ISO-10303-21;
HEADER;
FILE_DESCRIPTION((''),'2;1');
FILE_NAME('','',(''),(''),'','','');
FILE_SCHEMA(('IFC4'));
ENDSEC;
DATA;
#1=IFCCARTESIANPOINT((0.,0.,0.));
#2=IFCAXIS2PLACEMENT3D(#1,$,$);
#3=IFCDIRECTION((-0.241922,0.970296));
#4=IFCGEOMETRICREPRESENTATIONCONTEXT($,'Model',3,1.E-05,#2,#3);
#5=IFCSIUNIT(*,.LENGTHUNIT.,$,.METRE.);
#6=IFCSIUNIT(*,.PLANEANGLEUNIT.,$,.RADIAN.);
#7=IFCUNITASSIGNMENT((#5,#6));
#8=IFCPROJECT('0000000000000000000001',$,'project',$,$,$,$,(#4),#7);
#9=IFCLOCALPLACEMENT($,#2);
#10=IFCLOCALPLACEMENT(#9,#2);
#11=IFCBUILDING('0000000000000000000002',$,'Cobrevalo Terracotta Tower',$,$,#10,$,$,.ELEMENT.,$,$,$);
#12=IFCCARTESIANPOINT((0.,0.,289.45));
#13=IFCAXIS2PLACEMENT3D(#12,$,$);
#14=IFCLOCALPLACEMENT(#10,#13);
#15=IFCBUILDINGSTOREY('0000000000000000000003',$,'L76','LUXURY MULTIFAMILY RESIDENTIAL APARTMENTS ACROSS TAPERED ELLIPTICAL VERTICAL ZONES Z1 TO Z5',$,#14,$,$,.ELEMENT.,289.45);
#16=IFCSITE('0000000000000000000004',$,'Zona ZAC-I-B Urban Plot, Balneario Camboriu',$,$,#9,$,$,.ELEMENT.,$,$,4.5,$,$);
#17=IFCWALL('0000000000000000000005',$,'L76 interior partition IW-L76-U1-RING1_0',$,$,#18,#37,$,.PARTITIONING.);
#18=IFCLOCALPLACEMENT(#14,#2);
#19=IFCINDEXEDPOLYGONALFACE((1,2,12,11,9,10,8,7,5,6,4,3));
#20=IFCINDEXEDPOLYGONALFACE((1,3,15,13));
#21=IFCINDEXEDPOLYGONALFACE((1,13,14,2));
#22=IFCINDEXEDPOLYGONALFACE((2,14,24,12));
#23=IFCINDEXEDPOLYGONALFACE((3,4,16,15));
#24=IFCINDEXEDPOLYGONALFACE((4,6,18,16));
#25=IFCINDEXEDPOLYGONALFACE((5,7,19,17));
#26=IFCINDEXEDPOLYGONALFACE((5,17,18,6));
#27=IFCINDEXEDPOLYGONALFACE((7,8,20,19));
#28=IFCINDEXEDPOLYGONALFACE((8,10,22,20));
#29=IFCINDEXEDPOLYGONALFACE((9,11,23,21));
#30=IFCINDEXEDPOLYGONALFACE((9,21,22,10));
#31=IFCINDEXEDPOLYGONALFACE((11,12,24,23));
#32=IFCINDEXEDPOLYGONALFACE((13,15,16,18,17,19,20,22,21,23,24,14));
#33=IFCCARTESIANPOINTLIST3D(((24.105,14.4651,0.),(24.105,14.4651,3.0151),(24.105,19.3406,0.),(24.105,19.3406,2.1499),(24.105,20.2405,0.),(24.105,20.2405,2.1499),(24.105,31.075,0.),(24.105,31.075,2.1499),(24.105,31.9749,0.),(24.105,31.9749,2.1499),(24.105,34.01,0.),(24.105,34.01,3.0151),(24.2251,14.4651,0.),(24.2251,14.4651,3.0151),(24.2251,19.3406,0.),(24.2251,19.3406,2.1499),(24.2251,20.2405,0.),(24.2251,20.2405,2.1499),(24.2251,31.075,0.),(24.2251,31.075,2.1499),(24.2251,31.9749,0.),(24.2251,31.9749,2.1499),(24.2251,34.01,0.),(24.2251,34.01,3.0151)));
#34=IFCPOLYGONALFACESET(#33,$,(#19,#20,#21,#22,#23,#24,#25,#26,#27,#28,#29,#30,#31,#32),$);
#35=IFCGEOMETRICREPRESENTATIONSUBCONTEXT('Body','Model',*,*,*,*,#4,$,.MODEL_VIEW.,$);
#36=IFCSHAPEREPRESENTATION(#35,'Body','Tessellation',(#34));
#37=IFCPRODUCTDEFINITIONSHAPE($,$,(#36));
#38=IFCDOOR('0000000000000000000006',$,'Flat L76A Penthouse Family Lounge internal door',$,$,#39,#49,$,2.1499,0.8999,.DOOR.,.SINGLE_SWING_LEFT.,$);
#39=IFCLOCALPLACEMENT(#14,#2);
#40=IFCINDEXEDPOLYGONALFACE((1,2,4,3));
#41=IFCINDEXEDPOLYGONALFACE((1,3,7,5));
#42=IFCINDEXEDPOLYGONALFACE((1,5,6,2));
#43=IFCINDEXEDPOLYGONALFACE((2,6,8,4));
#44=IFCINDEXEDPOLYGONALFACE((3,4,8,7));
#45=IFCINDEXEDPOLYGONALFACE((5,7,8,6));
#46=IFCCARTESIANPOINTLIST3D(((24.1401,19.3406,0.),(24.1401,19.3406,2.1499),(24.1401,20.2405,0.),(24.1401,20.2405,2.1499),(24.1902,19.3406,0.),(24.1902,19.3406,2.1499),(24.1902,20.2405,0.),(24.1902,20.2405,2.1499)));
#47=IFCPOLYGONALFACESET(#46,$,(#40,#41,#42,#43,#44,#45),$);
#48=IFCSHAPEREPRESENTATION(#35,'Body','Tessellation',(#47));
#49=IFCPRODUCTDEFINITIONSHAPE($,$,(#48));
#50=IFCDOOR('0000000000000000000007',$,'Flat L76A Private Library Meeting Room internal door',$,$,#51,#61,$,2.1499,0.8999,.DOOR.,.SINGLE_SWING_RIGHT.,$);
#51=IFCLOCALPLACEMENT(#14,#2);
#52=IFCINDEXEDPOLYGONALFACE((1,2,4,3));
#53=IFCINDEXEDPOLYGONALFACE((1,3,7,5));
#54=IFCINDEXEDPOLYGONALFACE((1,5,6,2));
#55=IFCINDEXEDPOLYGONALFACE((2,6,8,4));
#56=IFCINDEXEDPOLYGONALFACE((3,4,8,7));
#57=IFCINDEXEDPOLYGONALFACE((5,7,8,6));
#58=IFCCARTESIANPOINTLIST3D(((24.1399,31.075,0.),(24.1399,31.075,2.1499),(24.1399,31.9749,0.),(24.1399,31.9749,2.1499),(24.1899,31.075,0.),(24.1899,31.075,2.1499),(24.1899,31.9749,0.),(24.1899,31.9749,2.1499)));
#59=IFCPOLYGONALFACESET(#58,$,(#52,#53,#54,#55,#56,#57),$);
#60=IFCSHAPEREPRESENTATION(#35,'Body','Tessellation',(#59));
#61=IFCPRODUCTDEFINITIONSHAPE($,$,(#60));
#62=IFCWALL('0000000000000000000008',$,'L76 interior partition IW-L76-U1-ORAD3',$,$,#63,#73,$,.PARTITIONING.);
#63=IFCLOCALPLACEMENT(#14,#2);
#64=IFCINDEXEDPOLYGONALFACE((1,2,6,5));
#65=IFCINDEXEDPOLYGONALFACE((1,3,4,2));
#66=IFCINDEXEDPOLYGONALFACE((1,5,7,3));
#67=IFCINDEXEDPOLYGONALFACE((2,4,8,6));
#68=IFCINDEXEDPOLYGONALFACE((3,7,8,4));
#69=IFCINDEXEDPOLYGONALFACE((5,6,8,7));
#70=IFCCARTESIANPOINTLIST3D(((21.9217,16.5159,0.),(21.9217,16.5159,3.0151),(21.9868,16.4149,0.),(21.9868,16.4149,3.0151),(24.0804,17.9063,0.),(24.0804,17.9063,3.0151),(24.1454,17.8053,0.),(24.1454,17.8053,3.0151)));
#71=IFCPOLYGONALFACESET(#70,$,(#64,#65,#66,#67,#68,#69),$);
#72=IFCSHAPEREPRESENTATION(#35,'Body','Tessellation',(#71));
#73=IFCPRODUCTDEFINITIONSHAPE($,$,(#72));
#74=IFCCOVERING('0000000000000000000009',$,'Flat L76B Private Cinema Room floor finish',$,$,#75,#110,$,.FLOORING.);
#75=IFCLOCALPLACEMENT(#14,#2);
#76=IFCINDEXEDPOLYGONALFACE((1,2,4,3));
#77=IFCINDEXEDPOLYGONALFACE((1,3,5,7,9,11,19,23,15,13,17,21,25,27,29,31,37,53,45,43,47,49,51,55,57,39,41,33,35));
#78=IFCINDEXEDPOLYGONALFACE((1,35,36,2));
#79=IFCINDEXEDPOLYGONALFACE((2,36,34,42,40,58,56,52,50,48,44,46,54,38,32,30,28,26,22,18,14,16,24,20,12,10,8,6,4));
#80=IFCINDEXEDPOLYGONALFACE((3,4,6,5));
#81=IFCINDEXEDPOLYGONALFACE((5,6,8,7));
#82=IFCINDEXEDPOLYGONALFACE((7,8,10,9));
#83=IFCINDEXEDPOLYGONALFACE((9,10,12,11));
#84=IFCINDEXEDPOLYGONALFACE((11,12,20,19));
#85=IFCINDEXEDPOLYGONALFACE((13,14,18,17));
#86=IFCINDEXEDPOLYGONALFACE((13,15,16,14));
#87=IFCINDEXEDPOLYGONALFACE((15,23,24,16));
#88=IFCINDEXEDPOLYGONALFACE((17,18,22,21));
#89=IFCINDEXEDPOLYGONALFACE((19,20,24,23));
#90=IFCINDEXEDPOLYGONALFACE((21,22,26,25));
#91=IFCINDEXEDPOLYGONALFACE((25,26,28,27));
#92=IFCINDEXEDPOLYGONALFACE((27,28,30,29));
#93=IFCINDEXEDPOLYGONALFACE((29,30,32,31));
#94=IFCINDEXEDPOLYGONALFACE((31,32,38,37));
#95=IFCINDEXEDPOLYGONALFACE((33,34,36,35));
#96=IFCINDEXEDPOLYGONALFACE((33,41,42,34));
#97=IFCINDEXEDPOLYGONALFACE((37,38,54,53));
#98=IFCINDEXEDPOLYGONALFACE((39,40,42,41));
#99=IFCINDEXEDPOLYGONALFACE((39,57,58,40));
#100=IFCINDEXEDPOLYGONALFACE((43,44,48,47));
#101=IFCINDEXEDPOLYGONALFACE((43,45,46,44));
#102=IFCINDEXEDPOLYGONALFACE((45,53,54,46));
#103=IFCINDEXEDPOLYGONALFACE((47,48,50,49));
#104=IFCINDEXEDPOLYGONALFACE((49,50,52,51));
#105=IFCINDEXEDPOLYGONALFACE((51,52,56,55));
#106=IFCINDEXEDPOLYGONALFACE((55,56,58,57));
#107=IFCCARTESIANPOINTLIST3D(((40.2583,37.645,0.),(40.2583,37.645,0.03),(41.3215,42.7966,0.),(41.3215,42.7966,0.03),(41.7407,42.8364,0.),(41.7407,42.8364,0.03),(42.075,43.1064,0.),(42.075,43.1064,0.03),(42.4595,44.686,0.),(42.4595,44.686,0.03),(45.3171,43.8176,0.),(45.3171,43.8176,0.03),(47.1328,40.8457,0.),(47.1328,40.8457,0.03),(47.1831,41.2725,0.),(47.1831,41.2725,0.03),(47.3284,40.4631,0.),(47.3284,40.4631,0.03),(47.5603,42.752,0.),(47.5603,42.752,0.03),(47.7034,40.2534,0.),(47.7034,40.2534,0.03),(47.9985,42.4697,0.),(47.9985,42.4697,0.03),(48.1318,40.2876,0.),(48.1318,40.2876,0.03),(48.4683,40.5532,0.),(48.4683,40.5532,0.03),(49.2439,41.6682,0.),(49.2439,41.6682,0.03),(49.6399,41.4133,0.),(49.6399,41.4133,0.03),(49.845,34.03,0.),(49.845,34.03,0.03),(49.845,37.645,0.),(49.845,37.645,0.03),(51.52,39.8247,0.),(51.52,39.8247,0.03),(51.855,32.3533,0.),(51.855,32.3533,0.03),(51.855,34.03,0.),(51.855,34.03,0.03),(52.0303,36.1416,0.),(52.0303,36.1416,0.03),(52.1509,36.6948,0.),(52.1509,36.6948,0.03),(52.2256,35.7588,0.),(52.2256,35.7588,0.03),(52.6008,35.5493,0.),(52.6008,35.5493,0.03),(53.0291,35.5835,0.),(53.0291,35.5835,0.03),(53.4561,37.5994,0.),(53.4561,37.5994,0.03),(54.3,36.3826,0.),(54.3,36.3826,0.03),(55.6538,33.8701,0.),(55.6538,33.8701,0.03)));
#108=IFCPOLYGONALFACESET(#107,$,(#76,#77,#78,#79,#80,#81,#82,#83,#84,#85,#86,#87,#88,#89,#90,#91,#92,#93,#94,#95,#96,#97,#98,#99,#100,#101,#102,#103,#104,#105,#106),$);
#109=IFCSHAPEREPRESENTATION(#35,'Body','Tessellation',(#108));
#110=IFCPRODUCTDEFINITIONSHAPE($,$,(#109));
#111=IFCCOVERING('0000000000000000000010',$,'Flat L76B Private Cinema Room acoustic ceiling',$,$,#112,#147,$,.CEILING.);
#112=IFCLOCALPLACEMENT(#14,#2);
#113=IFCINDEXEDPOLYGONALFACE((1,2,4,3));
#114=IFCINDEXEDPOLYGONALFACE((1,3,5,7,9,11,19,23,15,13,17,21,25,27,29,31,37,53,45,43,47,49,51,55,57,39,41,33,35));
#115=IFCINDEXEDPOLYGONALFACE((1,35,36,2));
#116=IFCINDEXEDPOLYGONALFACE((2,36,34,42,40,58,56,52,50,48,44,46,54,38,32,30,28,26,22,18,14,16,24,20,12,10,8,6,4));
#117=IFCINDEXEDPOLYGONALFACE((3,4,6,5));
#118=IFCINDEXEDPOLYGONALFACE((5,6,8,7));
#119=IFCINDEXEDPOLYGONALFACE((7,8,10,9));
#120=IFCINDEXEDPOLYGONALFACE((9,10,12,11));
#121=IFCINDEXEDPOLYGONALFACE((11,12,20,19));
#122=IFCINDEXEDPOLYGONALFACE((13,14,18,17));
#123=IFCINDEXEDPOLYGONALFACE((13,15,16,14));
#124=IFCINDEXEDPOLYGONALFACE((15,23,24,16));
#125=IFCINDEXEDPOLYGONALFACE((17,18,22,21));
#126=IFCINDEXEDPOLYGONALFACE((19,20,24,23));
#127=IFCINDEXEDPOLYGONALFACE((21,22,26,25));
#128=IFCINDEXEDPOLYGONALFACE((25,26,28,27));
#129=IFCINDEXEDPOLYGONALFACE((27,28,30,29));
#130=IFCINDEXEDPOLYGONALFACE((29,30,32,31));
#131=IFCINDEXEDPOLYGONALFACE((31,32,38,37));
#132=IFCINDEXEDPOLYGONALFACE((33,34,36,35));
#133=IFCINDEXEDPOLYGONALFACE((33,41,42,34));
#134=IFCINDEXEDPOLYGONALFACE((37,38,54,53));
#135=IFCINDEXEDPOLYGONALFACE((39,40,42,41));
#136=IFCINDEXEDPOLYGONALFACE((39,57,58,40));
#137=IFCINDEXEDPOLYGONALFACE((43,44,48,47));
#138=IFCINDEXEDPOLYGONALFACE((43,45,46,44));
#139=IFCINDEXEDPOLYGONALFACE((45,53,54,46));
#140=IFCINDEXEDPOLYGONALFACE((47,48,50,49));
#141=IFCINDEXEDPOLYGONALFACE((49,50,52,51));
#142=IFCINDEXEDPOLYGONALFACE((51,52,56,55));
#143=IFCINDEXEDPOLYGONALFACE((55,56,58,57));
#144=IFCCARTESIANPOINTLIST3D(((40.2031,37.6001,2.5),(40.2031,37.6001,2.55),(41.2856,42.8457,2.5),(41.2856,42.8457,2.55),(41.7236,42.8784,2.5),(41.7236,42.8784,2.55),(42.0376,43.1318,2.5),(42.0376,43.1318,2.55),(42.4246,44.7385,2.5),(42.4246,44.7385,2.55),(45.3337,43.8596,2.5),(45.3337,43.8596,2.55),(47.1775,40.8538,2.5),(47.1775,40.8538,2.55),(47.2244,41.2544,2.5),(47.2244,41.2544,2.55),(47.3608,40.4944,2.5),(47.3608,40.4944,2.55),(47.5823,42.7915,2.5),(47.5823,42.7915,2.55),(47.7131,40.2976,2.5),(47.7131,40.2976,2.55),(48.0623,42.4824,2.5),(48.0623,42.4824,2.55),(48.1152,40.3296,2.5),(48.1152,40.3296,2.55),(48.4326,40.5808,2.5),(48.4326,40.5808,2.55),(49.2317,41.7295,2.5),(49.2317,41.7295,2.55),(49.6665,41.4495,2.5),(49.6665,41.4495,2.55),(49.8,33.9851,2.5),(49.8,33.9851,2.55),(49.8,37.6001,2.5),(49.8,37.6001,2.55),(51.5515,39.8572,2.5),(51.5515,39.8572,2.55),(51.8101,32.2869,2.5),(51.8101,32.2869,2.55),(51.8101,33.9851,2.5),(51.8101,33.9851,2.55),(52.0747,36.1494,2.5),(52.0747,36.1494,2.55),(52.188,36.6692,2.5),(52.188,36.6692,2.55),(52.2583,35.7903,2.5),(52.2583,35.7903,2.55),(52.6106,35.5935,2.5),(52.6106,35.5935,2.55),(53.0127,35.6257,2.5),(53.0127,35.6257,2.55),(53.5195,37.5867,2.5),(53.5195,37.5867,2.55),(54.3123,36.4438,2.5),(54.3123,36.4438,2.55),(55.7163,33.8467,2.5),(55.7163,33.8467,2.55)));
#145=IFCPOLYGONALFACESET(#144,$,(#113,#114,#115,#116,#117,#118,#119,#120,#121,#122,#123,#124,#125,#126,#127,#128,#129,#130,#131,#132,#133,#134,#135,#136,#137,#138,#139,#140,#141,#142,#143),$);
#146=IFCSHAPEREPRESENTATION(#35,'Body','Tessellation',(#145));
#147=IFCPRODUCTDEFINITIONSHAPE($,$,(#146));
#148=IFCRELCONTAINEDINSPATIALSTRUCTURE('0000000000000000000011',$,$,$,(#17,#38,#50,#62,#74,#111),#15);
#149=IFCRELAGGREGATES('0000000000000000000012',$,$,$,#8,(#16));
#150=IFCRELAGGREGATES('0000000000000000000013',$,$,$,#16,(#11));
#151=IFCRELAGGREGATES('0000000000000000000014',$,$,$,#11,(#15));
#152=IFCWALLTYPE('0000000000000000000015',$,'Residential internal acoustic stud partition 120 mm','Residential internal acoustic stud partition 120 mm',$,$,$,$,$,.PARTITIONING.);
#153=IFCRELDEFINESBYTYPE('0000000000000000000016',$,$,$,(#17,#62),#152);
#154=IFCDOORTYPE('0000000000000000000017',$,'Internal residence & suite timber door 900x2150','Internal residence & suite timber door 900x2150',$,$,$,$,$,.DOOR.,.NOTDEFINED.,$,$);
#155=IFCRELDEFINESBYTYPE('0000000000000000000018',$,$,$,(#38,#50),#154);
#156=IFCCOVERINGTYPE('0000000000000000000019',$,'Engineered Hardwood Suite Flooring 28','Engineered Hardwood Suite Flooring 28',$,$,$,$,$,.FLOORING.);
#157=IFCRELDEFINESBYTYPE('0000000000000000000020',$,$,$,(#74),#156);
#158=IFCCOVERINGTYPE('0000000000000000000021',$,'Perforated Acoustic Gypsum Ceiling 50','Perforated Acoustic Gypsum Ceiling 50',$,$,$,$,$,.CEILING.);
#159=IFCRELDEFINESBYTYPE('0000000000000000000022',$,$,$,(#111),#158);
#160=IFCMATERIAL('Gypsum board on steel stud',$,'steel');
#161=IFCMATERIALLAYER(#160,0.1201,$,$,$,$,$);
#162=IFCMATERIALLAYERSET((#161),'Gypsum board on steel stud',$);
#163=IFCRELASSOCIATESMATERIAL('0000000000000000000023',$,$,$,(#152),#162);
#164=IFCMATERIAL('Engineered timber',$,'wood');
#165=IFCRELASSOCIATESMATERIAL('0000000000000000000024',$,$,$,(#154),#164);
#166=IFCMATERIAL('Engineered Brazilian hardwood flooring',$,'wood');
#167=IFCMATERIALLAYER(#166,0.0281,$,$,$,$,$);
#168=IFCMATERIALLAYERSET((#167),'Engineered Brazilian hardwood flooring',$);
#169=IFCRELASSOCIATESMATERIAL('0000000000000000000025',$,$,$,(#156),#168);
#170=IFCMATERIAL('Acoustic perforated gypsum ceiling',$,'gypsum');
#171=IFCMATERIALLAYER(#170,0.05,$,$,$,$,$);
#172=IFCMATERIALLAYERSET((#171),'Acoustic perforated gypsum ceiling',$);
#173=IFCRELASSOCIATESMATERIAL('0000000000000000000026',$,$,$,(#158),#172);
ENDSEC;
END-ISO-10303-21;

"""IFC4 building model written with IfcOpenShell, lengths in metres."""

from ifc_helpers import new_model, si_unit, direction, frame, frame_2d, origin, place, context, subcontext, project, spatial, polyline, rectangle, outline, extrude, source, transform, mapped, material, layer, layer_set, type_object, element, fill, save


model = new_model("IFC4")

# Units and contexts
model_context = context("Model", 3, precision=1e-05, world=origin(), true_north=direction((-0.241922, 0.970296)))
body_context = subcontext(model_context, "Body", "Model", "MODEL_VIEW")
ifc_project = project(units=[si_unit("LENGTHUNIT", "METRE"), si_unit("PLANEANGLEUNIT", "RADIAN")], contexts=[model_context])

# Site, building, storey
site_placement = place(None, origin())
site = spatial("IfcSite", under=ifc_project, at=site_placement, Name="Zona ZAC-I-B Urban Plot, Balneario Camboriu", CompositionType="ELEMENT", RefElevation=4.5)
building_placement = place(site_placement, origin())
building = spatial("IfcBuilding", under=site, at=building_placement, Name="Cobrevalo Terracotta Tower", CompositionType="ELEMENT")
storey_placement = place(building_placement, frame((0.0, 0.0, 289.45)))
storey = spatial("IfcBuildingStorey", under=building, at=storey_placement, Name="L76", Description="LUXURY MULTIFAMILY RESIDENTIAL APARTMENTS ACROSS TAPERED ELLIPTICAL VERTICAL ZONES Z1 TO Z5", CompositionType="ELEMENT", Elevation=289.45)

# Wall, openings, doors
ifc_material_1 = material(Name="Gypsum board on steel stud", Category="steel")
ifc_layer_1 = layer(ifc_material_1, 0.1201)
ifc_layer_set_1 = layer_set([ifc_layer_1], Name="Gypsum board on steel stud")
wall_type_1 = type_object("IfcWallType", Name="Residential internal acoustic stud partition 120 mm", Description="Residential internal acoustic stud partition 120 mm", PredefinedType="PARTITIONING", material=ifc_layer_set_1)
wall_1_placement = place(storey_placement, frame((24.165, 14.4651, 0.0), z_axis=(0.0, 0.0, 1.0), x_axis=(0.0, 1.0, 0.0)))
wall_1 = element("IfcWall", 1, at=wall_1_placement, inside=storey, type_object=wall_type_1, Name="L76 interior partition IW-L76-U1-RING1_0", PredefinedType="PARTITIONING", context=body_context, shape_type="SweptSolid", body=[
    extrude(rectangle(XDim=19.5449, YDim=0.1201, at=frame_2d((9.7725, 0.0))), origin(), (0.0, 0.0, 1.0), 3.0151),
])
opening_1_placement = place(wall_1_placement, frame((4.8755, 0.0, 0.0)))
opening_1 = element("IfcOpeningElement", 2, at=opening_1_placement, cuts=wall_1, PredefinedType="OPENING", context=body_context, shape_type="SweptSolid", body=[
    extrude(rectangle(XDim=0.8999, YDim=2.1499, at=frame_2d((0.45, 1.075))), frame((0.0, 0.0701, 0.0), z_axis=(0.0, -1.0, 0.0), x_axis=(1.0, 0.0, 0.0)), (0.0, 0.0, 1.0), 0.1401),
])
opening_2_placement = place(wall_1_placement, frame((16.6099, 0.0, 0.0)))
opening_2 = element("IfcOpeningElement", 3, at=opening_2_placement, cuts=wall_1, PredefinedType="OPENING", context=body_context, shape_type="SweptSolid", body=[
    extrude(rectangle(XDim=0.8999, YDim=2.1499, at=frame_2d((0.45, 1.075))), frame((0.0, 0.0701, 0.0), z_axis=(0.0, -1.0, 0.0), x_axis=(1.0, 0.0, 0.0)), (0.0, 0.0, 1.0), 0.1401),
])
ifc_material_2 = material(Name="Engineered timber", Category="wood")
door_type = type_object("IfcDoorType", Name="Internal residence & suite timber door 900x2150", Description="Internal residence & suite timber door 900x2150", OperationType="NOTDEFINED", PredefinedType="DOOR", material=ifc_material_2)
shared_shape_1 = source(origin(), body_context, "Body", "SweptSolid", [
    extrude(rectangle(XDim=0.8999, YDim=2.1499, at=frame_2d((0.45, 1.075))), frame((0.0, 0.0249, 0.0), z_axis=(0.0, -1.0, 0.0), x_axis=(1.0, 0.0, 0.0)), (0.0, 0.0, 1.0), 0.05),
])
door_1_placement = place(opening_1_placement, origin())
door_1 = element("IfcDoor", 4, at=door_1_placement, inside=storey, type_object=door_type, Name="Flat L76A Penthouse Family Lounge internal door", OperationType="SINGLE_SWING_LEFT", OverallHeight=2.1499, OverallWidth=0.8999, PredefinedType="DOOR", context=body_context, shape_type="MappedRepresentation", body=[
    mapped(shared_shape_1, transform((0.0, 0.0, 0.0), scale=1.0)),
])
fill(opening_1, door_1)
door_2_placement = place(opening_2_placement, frame((0.8999, 0.0, 0.0), z_axis=(0.0, 0.0, 1.0), x_axis=(-1.0, 0.0, 0.0)))
door_2 = element("IfcDoor", 5, at=door_2_placement, inside=storey, type_object=door_type, Name="Flat L76A Private Library Meeting Room internal door", OperationType="SINGLE_SWING_RIGHT", OverallHeight=2.1499, OverallWidth=0.8999, PredefinedType="DOOR", context=body_context, shape_type="MappedRepresentation", body=[
    mapped(shared_shape_1, transform((0.0, 0.0, 0.0), scale=1.0)),
])
fill(opening_2, door_2)

# Wall
wall_2_placement = place(storey_placement, frame((24.1128, 17.8557, 0.0), z_axis=(0.0, 0.0, 1.0), x_axis=(-0.840709, -0.541488, 0.0)))
element("IfcWall", 6, at=wall_2_placement, inside=storey, type_object=wall_type_1, Name="L76 interior partition IW-L76-U1-ORAD3", PredefinedType="PARTITIONING", context=body_context, shape_type="SweptSolid", body=[
    extrude(rectangle(XDim=2.5676, YDim=0.1201, at=frame_2d((1.2837, 0.0))), origin(), (0.0, 0.0, 1.0), 3.0151),
])

# Coverings
ifc_material_3 = material(Name="Engineered Brazilian hardwood flooring", Category="wood")
ifc_layer_2 = layer(ifc_material_3, 0.0281)
ifc_layer_set_2 = layer_set([ifc_layer_2], Name="Engineered Brazilian hardwood flooring")
covering_type_1 = type_object("IfcCoveringType", Name="Engineered Hardwood Suite Flooring 28", Description="Engineered Hardwood Suite Flooring 28", PredefinedType="FLOORING", material=ifc_layer_set_2)
covering_1_placement = place(storey_placement, origin())
element("IfcCovering", 7, at=covering_1_placement, inside=storey, type_object=covering_type_1, Name="Flat L76B Private Cinema Room floor finish", PredefinedType="FLOORING", context=body_context, shape_type="SweptSolid", body=[
    extrude(outline(polyline([(41.3215, 42.7966), (41.7407, 42.8364), (42.075, 43.1064), (42.4595, 44.686), (45.3171, 43.8176), (47.5603, 42.752), (47.9985, 42.4697), (47.1831, 41.2725), (47.1328, 40.8457), (47.3284, 40.4631), (47.7034, 40.2534), (48.1318, 40.2876), (48.4683, 40.5532), (49.2439, 41.6682), (49.6399, 41.4133), (51.52, 39.8247), (53.4561, 37.5994), (52.1509, 36.6948), (52.0303, 36.1416), (52.2256, 35.7588), (52.6008, 35.5493), (53.0291, 35.5835), (54.3, 36.3826), (55.6538, 33.8701), (51.855, 32.3533), (51.855, 34.03), (49.845, 34.03), (49.845, 37.645), (40.2583, 37.645), (41.3215, 42.7966)])), origin(), (0.0, 0.0, 1.0), 0.03),
])
ifc_material_4 = material(Name="Acoustic perforated gypsum ceiling", Category="gypsum")
ifc_layer_3 = layer(ifc_material_4, 0.05)
ifc_layer_set_3 = layer_set([ifc_layer_3], Name="Acoustic perforated gypsum ceiling")
covering_type_2 = type_object("IfcCoveringType", Name="Perforated Acoustic Gypsum Ceiling 50", Description="Perforated Acoustic Gypsum Ceiling 50", PredefinedType="CEILING", material=ifc_layer_set_3)
covering_2_placement = place(storey_placement, frame((0.0, 0.0, 2.5)))
element("IfcCovering", 8, at=covering_2_placement, inside=storey, type_object=covering_type_2, Name="Flat L76B Private Cinema Room acoustic ceiling", PredefinedType="CEILING", context=body_context, shape_type="SweptSolid", body=[
    extrude(outline(polyline([(41.2856, 42.8457), (41.7236, 42.8784), (42.0376, 43.1318), (42.4246, 44.7385), (45.3337, 43.8596), (47.5823, 42.7915), (48.0623, 42.4824), (47.2244, 41.2544), (47.1775, 40.8538), (47.3608, 40.4944), (47.7131, 40.2976), (48.1152, 40.3296), (48.4326, 40.5808), (49.2317, 41.7295), (49.6665, 41.4495), (51.5515, 39.8572), (53.5195, 37.5867), (52.188, 36.6692), (52.0747, 36.1494), (52.2583, 35.7903), (52.6106, 35.5935), (53.0127, 35.6257), (54.3123, 36.4438), (55.7163, 33.8467), (51.8101, 32.2869), (51.8101, 33.9851), (49.8, 33.9851), (49.8, 37.6001), (40.2031, 37.6001), (41.2856, 42.8457)])), origin(), (0.0, 0.0, 1.0), 0.05),
])

save(model, "model.ifc")
